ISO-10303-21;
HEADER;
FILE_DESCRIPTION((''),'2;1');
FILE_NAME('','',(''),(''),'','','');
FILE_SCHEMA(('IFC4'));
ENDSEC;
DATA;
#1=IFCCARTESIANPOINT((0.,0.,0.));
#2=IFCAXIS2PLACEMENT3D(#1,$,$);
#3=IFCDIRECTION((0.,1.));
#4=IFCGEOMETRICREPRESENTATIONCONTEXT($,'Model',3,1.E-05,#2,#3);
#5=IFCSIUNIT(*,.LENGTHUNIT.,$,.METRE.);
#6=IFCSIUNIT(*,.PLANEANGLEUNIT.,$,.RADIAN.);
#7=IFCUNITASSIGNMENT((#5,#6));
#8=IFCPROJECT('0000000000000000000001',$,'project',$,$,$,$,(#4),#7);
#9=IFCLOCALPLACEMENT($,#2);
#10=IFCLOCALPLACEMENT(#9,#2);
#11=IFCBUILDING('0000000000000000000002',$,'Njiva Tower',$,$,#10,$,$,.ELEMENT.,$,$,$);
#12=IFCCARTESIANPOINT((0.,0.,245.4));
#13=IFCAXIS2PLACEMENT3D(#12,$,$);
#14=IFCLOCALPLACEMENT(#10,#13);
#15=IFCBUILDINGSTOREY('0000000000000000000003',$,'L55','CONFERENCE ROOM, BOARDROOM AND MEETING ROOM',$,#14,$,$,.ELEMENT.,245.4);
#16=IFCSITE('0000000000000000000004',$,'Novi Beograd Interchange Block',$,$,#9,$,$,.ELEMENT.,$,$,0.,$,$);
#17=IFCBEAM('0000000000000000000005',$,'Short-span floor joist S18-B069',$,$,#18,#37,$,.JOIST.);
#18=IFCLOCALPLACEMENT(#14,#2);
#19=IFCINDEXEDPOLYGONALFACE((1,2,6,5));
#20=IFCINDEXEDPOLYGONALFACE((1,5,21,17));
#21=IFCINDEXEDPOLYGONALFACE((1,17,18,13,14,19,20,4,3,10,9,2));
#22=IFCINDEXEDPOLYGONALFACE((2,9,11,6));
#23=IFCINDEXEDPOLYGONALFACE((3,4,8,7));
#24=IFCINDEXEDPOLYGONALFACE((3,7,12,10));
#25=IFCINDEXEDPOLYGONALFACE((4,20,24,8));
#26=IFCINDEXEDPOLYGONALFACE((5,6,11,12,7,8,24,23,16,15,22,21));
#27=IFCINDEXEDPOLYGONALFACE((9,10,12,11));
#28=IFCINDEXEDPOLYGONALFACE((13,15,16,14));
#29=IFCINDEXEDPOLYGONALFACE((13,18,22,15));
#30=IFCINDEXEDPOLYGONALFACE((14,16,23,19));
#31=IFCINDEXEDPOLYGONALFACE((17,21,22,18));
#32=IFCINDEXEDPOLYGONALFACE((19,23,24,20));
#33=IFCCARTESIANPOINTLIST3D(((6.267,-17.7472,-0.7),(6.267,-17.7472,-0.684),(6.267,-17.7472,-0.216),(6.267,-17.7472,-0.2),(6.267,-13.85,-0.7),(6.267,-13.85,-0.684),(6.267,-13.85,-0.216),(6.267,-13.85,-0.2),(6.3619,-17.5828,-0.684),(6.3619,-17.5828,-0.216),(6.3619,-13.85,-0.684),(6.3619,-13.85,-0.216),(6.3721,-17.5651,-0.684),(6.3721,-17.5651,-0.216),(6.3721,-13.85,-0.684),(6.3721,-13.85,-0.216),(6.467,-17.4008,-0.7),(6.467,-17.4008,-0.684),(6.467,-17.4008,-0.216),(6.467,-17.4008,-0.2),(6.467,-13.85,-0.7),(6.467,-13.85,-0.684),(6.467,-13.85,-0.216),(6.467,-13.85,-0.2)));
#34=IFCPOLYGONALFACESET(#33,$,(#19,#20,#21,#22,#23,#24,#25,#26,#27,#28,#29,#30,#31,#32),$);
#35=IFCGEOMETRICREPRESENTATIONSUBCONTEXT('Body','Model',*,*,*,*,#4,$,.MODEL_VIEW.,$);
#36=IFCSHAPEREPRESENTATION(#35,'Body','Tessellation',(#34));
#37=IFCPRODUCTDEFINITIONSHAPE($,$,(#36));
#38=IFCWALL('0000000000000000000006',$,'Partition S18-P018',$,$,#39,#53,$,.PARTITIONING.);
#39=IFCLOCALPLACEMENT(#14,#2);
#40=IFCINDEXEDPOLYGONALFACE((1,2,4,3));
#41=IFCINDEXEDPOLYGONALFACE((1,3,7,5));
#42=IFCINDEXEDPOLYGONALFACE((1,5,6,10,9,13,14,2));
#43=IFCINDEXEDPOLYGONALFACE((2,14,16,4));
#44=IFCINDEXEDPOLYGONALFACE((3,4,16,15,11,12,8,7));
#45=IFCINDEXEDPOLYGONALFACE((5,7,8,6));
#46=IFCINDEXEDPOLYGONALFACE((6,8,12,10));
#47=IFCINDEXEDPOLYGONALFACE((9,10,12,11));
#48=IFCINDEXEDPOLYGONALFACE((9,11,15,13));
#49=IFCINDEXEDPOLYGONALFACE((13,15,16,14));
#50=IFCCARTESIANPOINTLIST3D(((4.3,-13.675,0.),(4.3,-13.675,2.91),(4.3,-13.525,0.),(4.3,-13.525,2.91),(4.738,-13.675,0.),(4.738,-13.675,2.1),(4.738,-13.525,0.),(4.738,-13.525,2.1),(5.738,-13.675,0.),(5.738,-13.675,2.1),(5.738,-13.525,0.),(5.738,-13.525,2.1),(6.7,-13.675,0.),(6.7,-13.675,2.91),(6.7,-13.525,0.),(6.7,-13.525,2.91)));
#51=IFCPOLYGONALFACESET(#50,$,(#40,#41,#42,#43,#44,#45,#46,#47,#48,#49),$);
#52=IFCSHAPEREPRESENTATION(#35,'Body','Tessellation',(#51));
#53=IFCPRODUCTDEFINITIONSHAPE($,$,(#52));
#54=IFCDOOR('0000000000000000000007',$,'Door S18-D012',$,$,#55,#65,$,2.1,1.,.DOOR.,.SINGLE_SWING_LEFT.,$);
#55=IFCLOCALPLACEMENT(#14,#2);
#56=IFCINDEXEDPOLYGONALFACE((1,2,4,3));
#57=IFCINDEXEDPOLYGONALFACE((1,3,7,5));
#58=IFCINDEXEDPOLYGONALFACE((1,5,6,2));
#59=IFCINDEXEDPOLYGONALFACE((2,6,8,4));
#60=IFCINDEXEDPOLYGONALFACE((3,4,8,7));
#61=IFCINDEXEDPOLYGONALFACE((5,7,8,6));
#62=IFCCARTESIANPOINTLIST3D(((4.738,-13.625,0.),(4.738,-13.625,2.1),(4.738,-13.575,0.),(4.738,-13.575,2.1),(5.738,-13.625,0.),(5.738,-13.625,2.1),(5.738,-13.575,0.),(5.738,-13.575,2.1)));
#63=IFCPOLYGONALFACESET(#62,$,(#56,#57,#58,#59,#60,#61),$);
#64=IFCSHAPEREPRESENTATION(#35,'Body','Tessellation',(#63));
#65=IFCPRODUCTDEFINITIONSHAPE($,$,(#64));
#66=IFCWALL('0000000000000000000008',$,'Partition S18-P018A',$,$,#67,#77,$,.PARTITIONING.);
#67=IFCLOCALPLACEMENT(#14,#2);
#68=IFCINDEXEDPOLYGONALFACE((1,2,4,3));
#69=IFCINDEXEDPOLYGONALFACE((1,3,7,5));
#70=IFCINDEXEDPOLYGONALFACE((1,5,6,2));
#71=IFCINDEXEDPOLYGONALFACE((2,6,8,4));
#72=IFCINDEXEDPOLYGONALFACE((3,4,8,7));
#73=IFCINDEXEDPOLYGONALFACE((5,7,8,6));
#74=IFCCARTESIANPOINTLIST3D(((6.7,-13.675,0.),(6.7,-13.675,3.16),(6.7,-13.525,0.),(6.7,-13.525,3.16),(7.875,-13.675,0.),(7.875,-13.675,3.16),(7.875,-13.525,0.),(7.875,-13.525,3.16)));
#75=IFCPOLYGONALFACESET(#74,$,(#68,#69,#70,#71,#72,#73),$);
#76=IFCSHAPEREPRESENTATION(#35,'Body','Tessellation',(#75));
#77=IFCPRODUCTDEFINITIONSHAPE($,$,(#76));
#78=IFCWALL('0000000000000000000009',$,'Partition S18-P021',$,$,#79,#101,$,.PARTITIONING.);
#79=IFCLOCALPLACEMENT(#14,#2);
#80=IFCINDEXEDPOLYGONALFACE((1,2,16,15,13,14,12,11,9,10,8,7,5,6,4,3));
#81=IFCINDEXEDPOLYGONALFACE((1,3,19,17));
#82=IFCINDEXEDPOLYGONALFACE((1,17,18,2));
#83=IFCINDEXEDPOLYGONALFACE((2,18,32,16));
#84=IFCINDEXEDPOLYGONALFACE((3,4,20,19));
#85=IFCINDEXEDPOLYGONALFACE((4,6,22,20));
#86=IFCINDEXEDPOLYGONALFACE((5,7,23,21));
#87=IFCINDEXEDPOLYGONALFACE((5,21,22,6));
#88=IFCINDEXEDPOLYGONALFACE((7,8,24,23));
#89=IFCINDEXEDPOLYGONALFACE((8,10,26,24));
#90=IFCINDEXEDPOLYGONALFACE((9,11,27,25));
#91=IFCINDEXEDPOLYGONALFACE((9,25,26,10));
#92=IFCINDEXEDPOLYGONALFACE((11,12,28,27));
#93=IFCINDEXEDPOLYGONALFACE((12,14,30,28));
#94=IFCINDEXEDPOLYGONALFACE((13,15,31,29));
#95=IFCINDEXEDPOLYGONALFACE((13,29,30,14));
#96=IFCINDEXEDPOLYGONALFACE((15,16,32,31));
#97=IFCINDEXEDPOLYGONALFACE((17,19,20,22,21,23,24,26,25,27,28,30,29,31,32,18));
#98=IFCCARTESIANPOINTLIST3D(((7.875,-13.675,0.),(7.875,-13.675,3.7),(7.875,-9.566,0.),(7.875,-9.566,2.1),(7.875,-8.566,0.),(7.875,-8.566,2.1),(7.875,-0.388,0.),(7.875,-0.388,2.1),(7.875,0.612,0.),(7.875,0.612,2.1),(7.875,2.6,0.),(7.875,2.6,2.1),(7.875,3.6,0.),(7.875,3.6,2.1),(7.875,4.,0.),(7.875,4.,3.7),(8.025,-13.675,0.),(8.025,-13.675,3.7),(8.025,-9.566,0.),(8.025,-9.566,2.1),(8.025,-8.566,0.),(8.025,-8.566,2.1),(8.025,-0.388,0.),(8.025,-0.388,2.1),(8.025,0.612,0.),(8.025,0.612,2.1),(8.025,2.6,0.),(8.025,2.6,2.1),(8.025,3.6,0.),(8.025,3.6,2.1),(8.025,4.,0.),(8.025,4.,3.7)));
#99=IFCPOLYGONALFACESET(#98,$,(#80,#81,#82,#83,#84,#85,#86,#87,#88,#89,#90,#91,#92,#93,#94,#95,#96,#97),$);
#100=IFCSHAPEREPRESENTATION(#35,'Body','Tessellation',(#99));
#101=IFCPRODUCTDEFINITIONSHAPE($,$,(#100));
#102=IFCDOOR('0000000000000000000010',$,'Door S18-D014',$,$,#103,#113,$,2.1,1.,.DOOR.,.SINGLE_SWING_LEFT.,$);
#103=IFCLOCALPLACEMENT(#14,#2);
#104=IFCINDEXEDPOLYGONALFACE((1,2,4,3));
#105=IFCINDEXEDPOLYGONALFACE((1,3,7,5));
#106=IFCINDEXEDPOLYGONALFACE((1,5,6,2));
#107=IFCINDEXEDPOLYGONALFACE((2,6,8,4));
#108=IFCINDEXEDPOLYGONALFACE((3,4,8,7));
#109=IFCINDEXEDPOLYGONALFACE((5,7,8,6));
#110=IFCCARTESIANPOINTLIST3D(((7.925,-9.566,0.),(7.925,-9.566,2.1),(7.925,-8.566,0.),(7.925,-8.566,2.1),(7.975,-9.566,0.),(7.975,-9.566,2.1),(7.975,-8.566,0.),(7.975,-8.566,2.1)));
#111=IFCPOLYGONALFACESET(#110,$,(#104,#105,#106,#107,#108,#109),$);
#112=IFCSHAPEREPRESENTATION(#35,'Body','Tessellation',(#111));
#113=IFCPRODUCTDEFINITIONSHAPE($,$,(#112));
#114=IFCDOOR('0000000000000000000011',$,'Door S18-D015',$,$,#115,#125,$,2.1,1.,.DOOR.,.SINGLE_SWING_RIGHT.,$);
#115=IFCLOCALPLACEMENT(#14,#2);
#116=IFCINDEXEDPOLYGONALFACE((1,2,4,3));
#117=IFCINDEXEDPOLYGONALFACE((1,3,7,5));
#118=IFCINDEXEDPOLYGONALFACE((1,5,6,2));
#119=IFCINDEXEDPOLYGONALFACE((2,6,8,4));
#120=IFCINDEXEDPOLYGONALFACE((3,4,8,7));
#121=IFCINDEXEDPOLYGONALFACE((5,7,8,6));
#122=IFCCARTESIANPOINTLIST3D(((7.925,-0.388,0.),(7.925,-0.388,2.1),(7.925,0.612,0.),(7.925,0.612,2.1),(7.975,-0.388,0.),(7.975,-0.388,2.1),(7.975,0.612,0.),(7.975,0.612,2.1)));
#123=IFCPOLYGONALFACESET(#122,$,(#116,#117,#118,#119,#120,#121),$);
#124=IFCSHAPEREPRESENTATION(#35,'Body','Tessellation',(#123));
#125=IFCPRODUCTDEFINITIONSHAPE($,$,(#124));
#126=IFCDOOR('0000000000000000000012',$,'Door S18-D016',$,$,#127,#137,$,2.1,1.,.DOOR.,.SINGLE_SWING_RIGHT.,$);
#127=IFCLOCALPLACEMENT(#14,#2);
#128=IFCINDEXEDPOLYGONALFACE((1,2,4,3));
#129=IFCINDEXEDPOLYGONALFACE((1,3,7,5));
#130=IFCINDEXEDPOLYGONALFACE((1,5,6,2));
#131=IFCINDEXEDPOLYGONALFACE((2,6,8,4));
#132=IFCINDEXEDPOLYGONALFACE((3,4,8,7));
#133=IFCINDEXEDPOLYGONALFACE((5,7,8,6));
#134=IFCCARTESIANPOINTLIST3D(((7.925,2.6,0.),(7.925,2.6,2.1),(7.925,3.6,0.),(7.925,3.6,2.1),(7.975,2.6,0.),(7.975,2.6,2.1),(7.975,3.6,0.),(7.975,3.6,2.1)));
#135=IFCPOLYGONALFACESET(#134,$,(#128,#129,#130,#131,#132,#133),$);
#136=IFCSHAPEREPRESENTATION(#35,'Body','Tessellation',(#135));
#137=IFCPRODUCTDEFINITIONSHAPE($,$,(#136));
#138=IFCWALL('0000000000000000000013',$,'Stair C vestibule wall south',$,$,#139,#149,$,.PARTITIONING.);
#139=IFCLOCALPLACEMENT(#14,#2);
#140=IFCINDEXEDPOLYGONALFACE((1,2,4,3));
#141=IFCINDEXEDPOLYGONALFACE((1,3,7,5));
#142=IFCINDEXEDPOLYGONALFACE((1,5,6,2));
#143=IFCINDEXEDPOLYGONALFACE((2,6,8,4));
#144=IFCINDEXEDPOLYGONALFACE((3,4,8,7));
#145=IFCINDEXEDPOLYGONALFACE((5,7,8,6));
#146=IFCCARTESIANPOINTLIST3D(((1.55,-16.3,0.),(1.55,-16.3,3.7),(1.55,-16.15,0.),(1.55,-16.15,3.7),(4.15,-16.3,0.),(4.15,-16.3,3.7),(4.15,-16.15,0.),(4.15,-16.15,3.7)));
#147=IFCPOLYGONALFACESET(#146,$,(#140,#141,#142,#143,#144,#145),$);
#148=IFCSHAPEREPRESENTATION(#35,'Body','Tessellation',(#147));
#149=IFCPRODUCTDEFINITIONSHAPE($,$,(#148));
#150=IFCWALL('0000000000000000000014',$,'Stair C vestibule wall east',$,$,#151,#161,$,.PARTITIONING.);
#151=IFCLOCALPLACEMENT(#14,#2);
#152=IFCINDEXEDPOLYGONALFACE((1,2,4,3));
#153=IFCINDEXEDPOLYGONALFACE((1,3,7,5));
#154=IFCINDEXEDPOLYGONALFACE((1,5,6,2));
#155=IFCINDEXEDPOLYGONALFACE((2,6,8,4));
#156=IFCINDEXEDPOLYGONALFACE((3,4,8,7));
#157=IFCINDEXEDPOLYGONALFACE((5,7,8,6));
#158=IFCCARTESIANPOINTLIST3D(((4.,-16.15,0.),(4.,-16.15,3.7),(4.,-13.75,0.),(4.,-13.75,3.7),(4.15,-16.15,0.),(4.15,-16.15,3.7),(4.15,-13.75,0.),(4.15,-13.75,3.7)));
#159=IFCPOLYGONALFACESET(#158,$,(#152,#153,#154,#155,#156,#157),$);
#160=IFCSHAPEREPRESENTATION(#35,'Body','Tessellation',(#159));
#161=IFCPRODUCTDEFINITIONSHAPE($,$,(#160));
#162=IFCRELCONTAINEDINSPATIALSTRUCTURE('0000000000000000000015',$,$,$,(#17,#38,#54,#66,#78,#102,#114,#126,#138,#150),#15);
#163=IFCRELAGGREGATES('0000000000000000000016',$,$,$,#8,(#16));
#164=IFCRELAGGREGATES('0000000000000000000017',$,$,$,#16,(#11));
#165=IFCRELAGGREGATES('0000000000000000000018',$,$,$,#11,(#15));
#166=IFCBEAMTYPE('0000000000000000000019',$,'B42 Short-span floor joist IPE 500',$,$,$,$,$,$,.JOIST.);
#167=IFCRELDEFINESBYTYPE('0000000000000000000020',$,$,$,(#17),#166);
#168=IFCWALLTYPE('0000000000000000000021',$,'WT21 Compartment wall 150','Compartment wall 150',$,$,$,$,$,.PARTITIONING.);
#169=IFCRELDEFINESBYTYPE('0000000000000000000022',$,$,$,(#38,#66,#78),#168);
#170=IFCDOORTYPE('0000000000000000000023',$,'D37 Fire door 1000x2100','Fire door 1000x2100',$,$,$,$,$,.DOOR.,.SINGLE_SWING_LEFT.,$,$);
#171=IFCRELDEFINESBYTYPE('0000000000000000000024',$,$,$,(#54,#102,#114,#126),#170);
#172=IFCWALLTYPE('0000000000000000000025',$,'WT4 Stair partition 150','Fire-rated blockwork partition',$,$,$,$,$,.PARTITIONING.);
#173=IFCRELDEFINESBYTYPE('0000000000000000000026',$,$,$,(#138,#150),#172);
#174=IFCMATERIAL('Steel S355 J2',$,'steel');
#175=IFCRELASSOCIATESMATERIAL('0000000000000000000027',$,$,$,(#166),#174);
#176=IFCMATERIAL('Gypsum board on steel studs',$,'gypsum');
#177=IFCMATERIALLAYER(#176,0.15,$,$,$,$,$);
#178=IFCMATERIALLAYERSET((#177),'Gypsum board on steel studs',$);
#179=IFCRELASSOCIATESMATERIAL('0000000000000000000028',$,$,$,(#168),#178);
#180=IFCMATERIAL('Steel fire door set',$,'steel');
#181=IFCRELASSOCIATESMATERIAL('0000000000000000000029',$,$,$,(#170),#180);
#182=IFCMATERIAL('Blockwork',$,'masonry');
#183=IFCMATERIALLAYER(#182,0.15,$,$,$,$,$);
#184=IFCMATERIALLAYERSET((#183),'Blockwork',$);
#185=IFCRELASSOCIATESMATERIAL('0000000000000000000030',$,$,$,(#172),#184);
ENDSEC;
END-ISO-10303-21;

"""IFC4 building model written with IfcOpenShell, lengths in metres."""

from ifc_helpers import new_model, si_unit, direction, frame, frame_2d, origin, origin_2d, place, context, subcontext, project, spatial, rectangle, i_section, extrude, clip, halfspace, material, layer, layer_set, material_profile, profile_set, type_object, element, fill, save


model = new_model("IFC4")

# Units and contexts
model_context = context("Model", 3, precision=1e-05, world=origin(), true_north=direction((0.0, 1.0)))
body_context = subcontext(model_context, "Body", "Model", "MODEL_VIEW")
ifc_project = project(units=[si_unit("LENGTHUNIT", "METRE"), si_unit("PLANEANGLEUNIT", "RADIAN")], contexts=[model_context])

# Site, building, storey
site_placement = place(None, origin())
site = spatial("IfcSite", under=ifc_project, at=site_placement, Name="Novi Beograd Interchange Block", CompositionType="ELEMENT", RefElevation=0.0)
building_placement = place(site_placement, origin())
building = spatial("IfcBuilding", under=site, at=building_placement, Name="Njiva Tower", CompositionType="ELEMENT")
storey_placement = place(building_placement, frame((0.0, 0.0, 245.4)))
storey = spatial("IfcBuildingStorey", under=building, at=storey_placement, Name="L55", Description="CONFERENCE ROOM, BOARDROOM AND MEETING ROOM", CompositionType="ELEMENT", Elevation=245.4)

# Shared definitions
ifc_material_1 = material(Name="Steel S355 J2", Category="steel")

# Beam
ifc_material_profile_1 = material_profile(ifc_material_1, i_section(OverallWidth=0.2, OverallDepth=0.5, WebThickness=0.0102, FlangeThickness=0.016, at=origin_2d()), Name="IPE 500")
ifc_profile_set_1 = profile_set([ifc_material_profile_1], Name="Steel S355 J2")
beam_type_1 = type_object("IfcBeamType", Name="B42 Short-span floor joist IPE 500", PredefinedType="JOIST", material=ifc_profile_set_1)
beam_1_placement = place(storey_placement, frame((6.367, -13.85, -0.45), z_axis=(0.0, -1.0, 0.0), x_axis=(1.0, 0.0, 0.0)))
element("IfcBeam", 1, at=beam_1_placement, inside=storey, type_object=beam_type_1, Name="Short-span floor joist S18-B069", PredefinedType="JOIST", context=body_context, shape_type="Clipping", body=[
    clip(extrude(i_section(OverallWidth=0.2, OverallDepth=0.5, WebThickness=0.0102, FlangeThickness=0.016, at=origin_2d()), origin(), (0.0, 0.0, 1.0), 3.917), halfspace(frame((0.043, 0.0, 3.6495), z_axis=(0.866027, 0.0, 0.499998), x_axis=(0.0, 1.0, 0.0)), False)),
])

# Wall, opening, door
ifc_material_2 = material(Name="Gypsum board on steel studs", Category="gypsum")
ifc_layer_1 = layer(ifc_material_2, 0.15)
ifc_layer_set_1 = layer_set([ifc_layer_1], Name="Gypsum board on steel studs")
wall_type_1 = type_object("IfcWallType", Name="WT21 Compartment wall 150", Description="Compartment wall 150", PredefinedType="PARTITIONING", material=ifc_layer_set_1)
wall_1_placement = place(storey_placement, frame((4.3, -13.6, 0.0), z_axis=(0.0, 0.0, 1.0), x_axis=(1.0, 0.0, 0.0)))
wall_1 = element("IfcWall", 2, at=wall_1_placement, inside=storey, type_object=wall_type_1, Name="Partition S18-P018", PredefinedType="PARTITIONING", context=body_context, shape_type="SweptSolid", body=[
    extrude(rectangle(XDim=2.4, YDim=0.15, at=frame_2d((1.2, 0.0))), origin(), (0.0, 0.0, 1.0), 2.91),
])
opening_1_placement = place(wall_1_placement, frame((0.438, 0.0, 0.0)))
opening_1 = element("IfcOpeningElement", 3, at=opening_1_placement, cuts=wall_1, PredefinedType="OPENING", context=body_context, shape_type="SweptSolid", body=[
    extrude(rectangle(XDim=1.0, YDim=2.1, at=frame_2d((0.5, 1.05))), frame((0.0, 0.085, 0.0), z_axis=(0.0, -1.0, 0.0), x_axis=(1.0, 0.0, 0.0)), (0.0, 0.0, 1.0), 0.17),
])
ifc_material_3 = material(Name="Steel fire door set", Category="steel")
door_type_1 = type_object("IfcDoorType", Name="D37 Fire door 1000x2100", Description="Fire door 1000x2100", OperationType="SINGLE_SWING_LEFT", PredefinedType="DOOR", material=ifc_material_3)
door_1_placement = place(opening_1_placement, origin())
door_1 = element("IfcDoor", 4, at=door_1_placement, inside=storey, type_object=door_type_1, Name="Door S18-D012", OperationType="SINGLE_SWING_LEFT", OverallHeight=2.1, OverallWidth=1.0, PredefinedType="DOOR", context=body_context, shape_type="SweptSolid", body=[
    extrude(rectangle(XDim=1.0, YDim=2.1, at=frame_2d((0.5, 1.05))), frame((0.0, 0.025, 0.0), z_axis=(0.0, -1.0, 0.0), x_axis=(1.0, 0.0, 0.0)), (0.0, 0.0, 1.0), 0.05),
])
fill(opening_1, door_1)

# Wall
wall_2_placement = place(storey_placement, frame((6.7, -13.6, 0.0), z_axis=(0.0, 0.0, 1.0), x_axis=(1.0, 0.0, 0.0)))
element("IfcWall", 5, at=wall_2_placement, inside=storey, type_object=wall_type_1, Name="Partition S18-P018A", PredefinedType="PARTITIONING", context=body_context, shape_type="SweptSolid", body=[
    extrude(rectangle(XDim=1.175, YDim=0.15, at=frame_2d((0.5875, 0.0))), origin(), (0.0, 0.0, 1.0), 3.16),
])

# Wall, openings, doors
wall_3_placement = place(storey_placement, frame((7.95, -13.675, 0.0), z_axis=(0.0, 0.0, 1.0), x_axis=(0.0, 1.0, 0.0)))
wall_3 = element("IfcWall", 6, at=wall_3_placement, inside=storey, type_object=wall_type_1, Name="Partition S18-P021", PredefinedType="PARTITIONING", context=body_context, shape_type="SweptSolid", body=[
    extrude(rectangle(XDim=17.675, YDim=0.15, at=frame_2d((8.8375, 0.0))), origin(), (0.0, 0.0, 1.0), 3.7),
])
opening_2_placement = place(wall_3_placement, frame((4.109, 0.0, 0.0)))
opening_2 = element("IfcOpeningElement", 7, at=opening_2_placement, cuts=wall_3, PredefinedType="OPENING", context=body_context, shape_type="SweptSolid", body=[
    extrude(rectangle(XDim=1.0, YDim=2.1, at=frame_2d((0.5, 1.05))), frame((0.0, 0.085, 0.0), z_axis=(0.0, -1.0, 0.0), x_axis=(1.0, 0.0, 0.0)), (0.0, 0.0, 1.0), 0.17),
])
opening_3_placement = place(wall_3_placement, frame((13.287, 0.0, 0.0)))
opening_3 = element("IfcOpeningElement", 8, at=opening_3_placement, cuts=wall_3, PredefinedType="OPENING", context=body_context, shape_type="SweptSolid", body=[
    extrude(rectangle(XDim=1.0, YDim=2.1, at=frame_2d((0.5, 1.05))), frame((0.0, 0.085, 0.0), z_axis=(0.0, -1.0, 0.0), x_axis=(1.0, 0.0, 0.0)), (0.0, 0.0, 1.0), 0.17),
])
opening_4_placement = place(wall_3_placement, frame((16.275, 0.0, 0.0)))
opening_4 = element("IfcOpeningElement", 9, at=opening_4_placement, cuts=wall_3, PredefinedType="OPENING", context=body_context, shape_type="SweptSolid", body=[
    extrude(rectangle(XDim=1.0, YDim=2.1, at=frame_2d((0.5, 1.05))), frame((0.0, 0.085, 0.0), z_axis=(0.0, -1.0, 0.0), x_axis=(1.0, 0.0, 0.0)), (0.0, 0.0, 1.0), 0.17),
])
door_2_placement = place(opening_2_placement, origin())
door_2 = element("IfcDoor", 10, at=door_2_placement, inside=storey, type_object=door_type_1, Name="Door S18-D014", OperationType="SINGLE_SWING_LEFT", OverallHeight=2.1, OverallWidth=1.0, PredefinedType="DOOR", context=body_context, shape_type="SweptSolid", body=[
    extrude(rectangle(XDim=1.0, YDim=2.1, at=frame_2d((0.5, 1.05))), frame((0.0, 0.025, 0.0), z_axis=(0.0, -1.0, 0.0), x_axis=(1.0, 0.0, 0.0)), (0.0, 0.0, 1.0), 0.05),
])
fill(opening_2, door_2)
door_3_placement = place(opening_3_placement, origin())
door_3 = element("IfcDoor", 11, at=door_3_placement, inside=storey, type_object=door_type_1, Name="Door S18-D015", OperationType="SINGLE_SWING_RIGHT", OverallHeight=2.1, OverallWidth=1.0, PredefinedType="DOOR", context=body_context, shape_type="SweptSolid", body=[
    extrude(rectangle(XDim=1.0, YDim=2.1, at=frame_2d((0.5, 1.05))), frame((0.0, 0.025, 0.0), z_axis=(0.0, -1.0, 0.0), x_axis=(1.0, 0.0, 0.0)), (0.0, 0.0, 1.0), 0.05),
])
fill(opening_3, door_3)
door_4_placement = place(opening_4_placement, origin())
door_4 = element("IfcDoor", 12, at=door_4_placement, inside=storey, type_object=door_type_1, Name="Door S18-D016", OperationType="SINGLE_SWING_RIGHT", OverallHeight=2.1, OverallWidth=1.0, PredefinedType="DOOR", context=body_context, shape_type="SweptSolid", body=[
    extrude(rectangle(XDim=1.0, YDim=2.1, at=frame_2d((0.5, 1.05))), frame((0.0, 0.025, 0.0), z_axis=(0.0, -1.0, 0.0), x_axis=(1.0, 0.0, 0.0)), (0.0, 0.0, 1.0), 0.05),
])
fill(opening_4, door_4)

# Walls
ifc_material_4 = material(Name="Blockwork", Category="masonry")
ifc_layer_2 = layer(ifc_material_4, 0.15)
ifc_layer_set_2 = layer_set([ifc_layer_2], Name="Blockwork")
wall_type_2 = type_object("IfcWallType", Name="WT4 Stair partition 150", Description="Fire-rated blockwork partition", PredefinedType="PARTITIONING", material=ifc_layer_set_2)
wall_4_placement = place(storey_placement, frame((1.55, -16.225, 0.0), z_axis=(0.0, 0.0, 1.0), x_axis=(1.0, 0.0, 0.0)))
element("IfcWall", 13, at=wall_4_placement, inside=storey, type_object=wall_type_2, Name="Stair C vestibule wall south", PredefinedType="PARTITIONING", context=body_context, shape_type="SweptSolid", body=[
    extrude(rectangle(XDim=2.6, YDim=0.15, at=frame_2d((1.3, 0.0))), origin(), (0.0, 0.0, 1.0), 3.7),
])
wall_5_placement = place(storey_placement, frame((4.075, -16.15, 0.0), z_axis=(0.0, 0.0, 1.0), x_axis=(0.0, 1.0, 0.0)))
element("IfcWall", 14, at=wall_5_placement, inside=storey, type_object=wall_type_2, Name="Stair C vestibule wall east", PredefinedType="PARTITIONING", context=body_context, shape_type="SweptSolid", body=[
    extrude(rectangle(XDim=2.4, YDim=0.15, at=frame_2d((1.2, 0.0))), origin(), (0.0, 0.0, 1.0), 3.7),
])

save(model, "model.ifc")
